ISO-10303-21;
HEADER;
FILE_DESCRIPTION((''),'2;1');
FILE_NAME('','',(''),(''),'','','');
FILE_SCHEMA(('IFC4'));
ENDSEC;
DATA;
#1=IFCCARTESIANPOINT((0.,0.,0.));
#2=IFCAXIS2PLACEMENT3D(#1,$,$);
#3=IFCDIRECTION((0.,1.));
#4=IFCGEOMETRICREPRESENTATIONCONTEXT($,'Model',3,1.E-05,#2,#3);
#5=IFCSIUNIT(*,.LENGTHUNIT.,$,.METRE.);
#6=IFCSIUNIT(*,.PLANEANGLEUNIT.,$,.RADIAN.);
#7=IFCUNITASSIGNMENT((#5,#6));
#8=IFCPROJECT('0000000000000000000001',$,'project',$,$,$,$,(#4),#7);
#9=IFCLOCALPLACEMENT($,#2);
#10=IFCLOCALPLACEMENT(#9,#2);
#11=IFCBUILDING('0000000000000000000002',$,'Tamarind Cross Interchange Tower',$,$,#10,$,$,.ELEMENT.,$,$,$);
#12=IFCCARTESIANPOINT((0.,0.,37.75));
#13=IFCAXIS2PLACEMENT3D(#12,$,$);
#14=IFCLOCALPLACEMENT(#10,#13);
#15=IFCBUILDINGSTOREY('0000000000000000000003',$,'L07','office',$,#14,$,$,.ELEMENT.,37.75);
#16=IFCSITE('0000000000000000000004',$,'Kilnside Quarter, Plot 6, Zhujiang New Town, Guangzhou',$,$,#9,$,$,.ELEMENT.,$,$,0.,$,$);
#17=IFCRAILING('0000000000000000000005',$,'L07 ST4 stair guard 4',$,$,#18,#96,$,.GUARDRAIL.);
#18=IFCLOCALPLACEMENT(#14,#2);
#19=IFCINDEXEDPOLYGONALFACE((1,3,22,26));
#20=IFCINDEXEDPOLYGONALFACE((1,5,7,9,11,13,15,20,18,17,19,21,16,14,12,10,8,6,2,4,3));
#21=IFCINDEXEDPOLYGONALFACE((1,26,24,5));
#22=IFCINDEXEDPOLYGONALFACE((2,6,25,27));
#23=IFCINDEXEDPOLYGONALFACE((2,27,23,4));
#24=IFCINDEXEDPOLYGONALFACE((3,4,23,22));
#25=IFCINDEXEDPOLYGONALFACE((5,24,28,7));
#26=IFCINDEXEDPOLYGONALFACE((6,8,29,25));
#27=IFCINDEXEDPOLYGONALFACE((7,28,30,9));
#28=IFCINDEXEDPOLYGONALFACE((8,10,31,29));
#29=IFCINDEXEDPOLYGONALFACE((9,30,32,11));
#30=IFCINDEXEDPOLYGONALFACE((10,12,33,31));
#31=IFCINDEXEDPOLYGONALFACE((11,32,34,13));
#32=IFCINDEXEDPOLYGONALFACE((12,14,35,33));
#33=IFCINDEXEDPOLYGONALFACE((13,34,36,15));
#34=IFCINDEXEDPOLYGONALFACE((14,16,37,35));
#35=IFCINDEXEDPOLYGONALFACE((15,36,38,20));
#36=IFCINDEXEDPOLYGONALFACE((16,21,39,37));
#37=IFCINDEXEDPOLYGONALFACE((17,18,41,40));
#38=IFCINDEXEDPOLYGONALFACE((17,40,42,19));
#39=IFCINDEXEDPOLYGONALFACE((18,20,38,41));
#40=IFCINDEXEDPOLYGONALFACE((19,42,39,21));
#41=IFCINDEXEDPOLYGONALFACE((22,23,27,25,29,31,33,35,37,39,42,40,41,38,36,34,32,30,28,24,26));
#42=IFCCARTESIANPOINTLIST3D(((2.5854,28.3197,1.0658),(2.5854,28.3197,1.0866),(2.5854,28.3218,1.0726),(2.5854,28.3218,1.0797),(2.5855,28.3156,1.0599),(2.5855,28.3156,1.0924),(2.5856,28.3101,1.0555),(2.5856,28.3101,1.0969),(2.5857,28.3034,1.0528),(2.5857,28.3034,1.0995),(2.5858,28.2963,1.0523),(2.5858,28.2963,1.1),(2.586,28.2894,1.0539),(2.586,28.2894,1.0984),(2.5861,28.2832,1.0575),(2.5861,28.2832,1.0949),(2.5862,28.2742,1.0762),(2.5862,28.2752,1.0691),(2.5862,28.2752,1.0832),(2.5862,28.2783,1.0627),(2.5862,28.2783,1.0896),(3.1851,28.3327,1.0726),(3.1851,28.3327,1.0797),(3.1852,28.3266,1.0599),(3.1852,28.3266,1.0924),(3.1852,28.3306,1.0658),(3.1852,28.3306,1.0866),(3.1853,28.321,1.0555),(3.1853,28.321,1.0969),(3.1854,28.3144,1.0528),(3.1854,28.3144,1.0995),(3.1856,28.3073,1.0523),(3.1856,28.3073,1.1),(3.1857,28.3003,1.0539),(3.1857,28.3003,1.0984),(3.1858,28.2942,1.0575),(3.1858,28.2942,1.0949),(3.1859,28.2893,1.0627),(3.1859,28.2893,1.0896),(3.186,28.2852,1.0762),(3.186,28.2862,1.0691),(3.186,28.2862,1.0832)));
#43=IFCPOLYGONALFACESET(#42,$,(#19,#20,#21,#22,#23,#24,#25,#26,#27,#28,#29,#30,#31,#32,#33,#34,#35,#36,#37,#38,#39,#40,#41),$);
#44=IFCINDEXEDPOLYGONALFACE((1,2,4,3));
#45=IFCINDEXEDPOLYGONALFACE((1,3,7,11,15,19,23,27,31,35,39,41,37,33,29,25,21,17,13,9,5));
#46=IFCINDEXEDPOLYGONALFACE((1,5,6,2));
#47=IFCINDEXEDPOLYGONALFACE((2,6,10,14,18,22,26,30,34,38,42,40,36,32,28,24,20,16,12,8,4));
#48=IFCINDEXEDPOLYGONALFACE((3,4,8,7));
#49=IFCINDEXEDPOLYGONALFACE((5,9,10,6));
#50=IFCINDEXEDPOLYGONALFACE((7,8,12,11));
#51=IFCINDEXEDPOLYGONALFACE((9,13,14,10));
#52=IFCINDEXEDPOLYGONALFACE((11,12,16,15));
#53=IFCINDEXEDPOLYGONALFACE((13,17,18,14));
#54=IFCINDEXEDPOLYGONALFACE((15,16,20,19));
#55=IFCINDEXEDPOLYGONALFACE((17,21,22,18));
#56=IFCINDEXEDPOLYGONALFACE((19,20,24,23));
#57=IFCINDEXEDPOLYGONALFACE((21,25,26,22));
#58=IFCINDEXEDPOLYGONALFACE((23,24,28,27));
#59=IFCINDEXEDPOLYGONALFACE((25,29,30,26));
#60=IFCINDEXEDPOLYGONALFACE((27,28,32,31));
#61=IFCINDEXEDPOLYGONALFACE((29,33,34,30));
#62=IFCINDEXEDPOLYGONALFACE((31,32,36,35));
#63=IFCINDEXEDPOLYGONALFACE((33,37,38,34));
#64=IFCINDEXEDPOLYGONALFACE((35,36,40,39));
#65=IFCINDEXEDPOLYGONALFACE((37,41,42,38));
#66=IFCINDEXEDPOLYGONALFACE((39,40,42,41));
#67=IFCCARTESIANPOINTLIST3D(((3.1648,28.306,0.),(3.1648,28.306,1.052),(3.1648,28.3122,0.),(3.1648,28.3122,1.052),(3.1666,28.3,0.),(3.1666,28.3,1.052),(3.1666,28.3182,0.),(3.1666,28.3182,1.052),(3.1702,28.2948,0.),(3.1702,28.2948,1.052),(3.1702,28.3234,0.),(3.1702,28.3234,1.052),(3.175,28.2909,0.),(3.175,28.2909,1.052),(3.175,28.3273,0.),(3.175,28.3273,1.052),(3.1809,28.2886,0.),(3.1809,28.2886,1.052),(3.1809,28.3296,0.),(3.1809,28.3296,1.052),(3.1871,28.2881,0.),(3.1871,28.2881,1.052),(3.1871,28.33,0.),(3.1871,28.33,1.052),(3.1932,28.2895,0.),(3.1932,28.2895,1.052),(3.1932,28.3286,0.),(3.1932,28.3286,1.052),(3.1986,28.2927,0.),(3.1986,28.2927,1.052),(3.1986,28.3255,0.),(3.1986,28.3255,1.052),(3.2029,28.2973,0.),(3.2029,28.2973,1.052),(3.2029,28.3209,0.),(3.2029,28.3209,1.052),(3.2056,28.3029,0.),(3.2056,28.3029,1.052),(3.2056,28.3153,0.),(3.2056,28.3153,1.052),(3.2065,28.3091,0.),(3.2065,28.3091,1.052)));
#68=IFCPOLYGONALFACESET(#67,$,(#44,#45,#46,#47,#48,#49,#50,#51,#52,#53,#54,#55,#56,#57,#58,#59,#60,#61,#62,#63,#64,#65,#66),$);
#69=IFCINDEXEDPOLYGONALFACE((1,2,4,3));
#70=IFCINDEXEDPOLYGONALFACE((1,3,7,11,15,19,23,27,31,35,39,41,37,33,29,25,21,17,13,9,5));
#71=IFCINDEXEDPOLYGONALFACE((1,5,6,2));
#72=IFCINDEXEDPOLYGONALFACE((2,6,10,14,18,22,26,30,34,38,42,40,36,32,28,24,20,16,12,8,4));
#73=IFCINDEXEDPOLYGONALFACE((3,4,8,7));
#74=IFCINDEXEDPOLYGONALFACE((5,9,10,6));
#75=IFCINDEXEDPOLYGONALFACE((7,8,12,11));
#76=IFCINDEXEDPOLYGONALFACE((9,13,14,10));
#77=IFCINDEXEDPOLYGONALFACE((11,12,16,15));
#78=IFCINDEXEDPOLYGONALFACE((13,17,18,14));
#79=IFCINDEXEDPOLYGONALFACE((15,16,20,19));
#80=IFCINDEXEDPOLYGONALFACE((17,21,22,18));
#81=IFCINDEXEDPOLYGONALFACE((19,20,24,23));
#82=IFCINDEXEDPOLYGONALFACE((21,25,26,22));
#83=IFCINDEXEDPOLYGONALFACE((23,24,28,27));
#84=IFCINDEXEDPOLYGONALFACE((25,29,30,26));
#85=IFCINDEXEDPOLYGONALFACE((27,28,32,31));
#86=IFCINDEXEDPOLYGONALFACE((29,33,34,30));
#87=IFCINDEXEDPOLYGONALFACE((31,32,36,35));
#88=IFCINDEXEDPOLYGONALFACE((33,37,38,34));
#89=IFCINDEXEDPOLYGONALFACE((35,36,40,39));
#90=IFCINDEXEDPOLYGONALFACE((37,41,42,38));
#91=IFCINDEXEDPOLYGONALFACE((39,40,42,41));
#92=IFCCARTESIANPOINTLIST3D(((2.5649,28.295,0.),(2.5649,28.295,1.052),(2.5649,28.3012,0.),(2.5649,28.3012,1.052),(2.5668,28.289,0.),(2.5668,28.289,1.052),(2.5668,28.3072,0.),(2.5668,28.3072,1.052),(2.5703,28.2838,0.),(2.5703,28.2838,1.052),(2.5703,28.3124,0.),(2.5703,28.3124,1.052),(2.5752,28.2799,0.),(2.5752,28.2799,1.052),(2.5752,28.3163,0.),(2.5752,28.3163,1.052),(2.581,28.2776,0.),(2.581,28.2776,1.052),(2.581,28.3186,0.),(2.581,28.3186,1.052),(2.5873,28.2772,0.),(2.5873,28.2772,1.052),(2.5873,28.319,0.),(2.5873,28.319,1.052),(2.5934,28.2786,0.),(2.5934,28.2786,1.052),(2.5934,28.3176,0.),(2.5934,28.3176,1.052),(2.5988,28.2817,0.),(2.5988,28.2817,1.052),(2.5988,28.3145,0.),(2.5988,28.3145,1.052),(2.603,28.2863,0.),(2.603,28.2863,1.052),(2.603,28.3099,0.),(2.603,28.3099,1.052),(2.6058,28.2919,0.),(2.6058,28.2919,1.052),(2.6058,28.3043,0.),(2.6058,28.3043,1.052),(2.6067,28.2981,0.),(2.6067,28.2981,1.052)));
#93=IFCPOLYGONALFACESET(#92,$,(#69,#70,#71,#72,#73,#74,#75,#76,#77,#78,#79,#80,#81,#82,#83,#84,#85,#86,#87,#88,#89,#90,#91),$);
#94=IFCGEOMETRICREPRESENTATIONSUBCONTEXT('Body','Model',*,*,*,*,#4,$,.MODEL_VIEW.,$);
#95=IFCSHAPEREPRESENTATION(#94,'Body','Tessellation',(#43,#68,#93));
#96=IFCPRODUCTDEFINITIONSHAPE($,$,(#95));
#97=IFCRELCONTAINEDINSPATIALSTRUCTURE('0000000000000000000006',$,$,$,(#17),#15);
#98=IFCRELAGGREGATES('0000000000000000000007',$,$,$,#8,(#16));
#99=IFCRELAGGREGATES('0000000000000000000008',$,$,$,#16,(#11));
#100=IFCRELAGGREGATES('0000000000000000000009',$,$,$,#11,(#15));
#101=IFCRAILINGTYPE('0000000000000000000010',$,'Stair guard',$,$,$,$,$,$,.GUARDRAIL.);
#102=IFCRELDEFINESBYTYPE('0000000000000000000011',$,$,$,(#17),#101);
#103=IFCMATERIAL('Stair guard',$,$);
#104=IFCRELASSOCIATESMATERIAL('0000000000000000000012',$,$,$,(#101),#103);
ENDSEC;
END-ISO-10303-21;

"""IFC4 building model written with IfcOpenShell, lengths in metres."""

from ifc_helpers import new_model, si_unit, direction, frame, origin, origin_2d, place, context, subcontext, project, spatial, circle, extrude, material, type_object, element, save


model = new_model("IFC4")

# Units and contexts
model_context = context("Model", 3, precision=1e-05, world=origin(), true_north=direction((0.0, 1.0)))
body_context = subcontext(model_context, "Body", "Model", "MODEL_VIEW")
ifc_project = project(units=[si_unit("LENGTHUNIT", "METRE"), si_unit("PLANEANGLEUNIT", "RADIAN")], contexts=[model_context])

# Site, building, storey
site_placement = place(None, origin())
site = spatial("IfcSite", under=ifc_project, at=site_placement, Name="Kilnside Quarter, Plot 6, Zhujiang New Town, Guangzhou", CompositionType="ELEMENT", RefElevation=0.0)
building_placement = place(site_placement, origin())
building = spatial("IfcBuilding", under=site, at=building_placement, Name="Tamarind Cross Interchange Tower", CompositionType="ELEMENT")
storey_placement = place(building_placement, frame((0.0, 0.0, 37.75)))
storey = spatial("IfcBuildingStorey", under=building, at=storey_placement, Name="L07", Description="office", CompositionType="ELEMENT", Elevation=37.75)

# Railing
ifc_material_1 = material(Name="Stair guard")
railing_type_1 = type_object("IfcRailingType", Name="Stair guard", PredefinedType="GUARDRAIL", material=ifc_material_1)
railing_1_placement = place(storey_placement, frame((3.1855, 28.3091, 0.0)))
element("IfcRailing", 1, at=railing_1_placement, inside=storey, type_object=railing_type_1, Name="L07 ST4 stair guard 4", PredefinedType="GUARDRAIL", context=body_context, shape_type="SweptSolid", body=[
    extrude(circle(Radius=0.0239, at=origin_2d()), frame((0.0, 0.0, 1.0762), z_axis=(-0.999832, -0.018312, 0.0), x_axis=(0.018312, -0.999832, 0.0)), (0.0, 0.0, 1.0), 0.5999),
    extrude(circle(Radius=0.021, at=origin_2d()), origin(), (0.0, 0.0, 1.0), 1.052),
    extrude(circle(Radius=0.021, at=origin_2d()), frame((-0.5999, -0.011, 0.0)), (0.0, 0.0, 1.0), 1.052),
])

save(model, "model.ifc")
